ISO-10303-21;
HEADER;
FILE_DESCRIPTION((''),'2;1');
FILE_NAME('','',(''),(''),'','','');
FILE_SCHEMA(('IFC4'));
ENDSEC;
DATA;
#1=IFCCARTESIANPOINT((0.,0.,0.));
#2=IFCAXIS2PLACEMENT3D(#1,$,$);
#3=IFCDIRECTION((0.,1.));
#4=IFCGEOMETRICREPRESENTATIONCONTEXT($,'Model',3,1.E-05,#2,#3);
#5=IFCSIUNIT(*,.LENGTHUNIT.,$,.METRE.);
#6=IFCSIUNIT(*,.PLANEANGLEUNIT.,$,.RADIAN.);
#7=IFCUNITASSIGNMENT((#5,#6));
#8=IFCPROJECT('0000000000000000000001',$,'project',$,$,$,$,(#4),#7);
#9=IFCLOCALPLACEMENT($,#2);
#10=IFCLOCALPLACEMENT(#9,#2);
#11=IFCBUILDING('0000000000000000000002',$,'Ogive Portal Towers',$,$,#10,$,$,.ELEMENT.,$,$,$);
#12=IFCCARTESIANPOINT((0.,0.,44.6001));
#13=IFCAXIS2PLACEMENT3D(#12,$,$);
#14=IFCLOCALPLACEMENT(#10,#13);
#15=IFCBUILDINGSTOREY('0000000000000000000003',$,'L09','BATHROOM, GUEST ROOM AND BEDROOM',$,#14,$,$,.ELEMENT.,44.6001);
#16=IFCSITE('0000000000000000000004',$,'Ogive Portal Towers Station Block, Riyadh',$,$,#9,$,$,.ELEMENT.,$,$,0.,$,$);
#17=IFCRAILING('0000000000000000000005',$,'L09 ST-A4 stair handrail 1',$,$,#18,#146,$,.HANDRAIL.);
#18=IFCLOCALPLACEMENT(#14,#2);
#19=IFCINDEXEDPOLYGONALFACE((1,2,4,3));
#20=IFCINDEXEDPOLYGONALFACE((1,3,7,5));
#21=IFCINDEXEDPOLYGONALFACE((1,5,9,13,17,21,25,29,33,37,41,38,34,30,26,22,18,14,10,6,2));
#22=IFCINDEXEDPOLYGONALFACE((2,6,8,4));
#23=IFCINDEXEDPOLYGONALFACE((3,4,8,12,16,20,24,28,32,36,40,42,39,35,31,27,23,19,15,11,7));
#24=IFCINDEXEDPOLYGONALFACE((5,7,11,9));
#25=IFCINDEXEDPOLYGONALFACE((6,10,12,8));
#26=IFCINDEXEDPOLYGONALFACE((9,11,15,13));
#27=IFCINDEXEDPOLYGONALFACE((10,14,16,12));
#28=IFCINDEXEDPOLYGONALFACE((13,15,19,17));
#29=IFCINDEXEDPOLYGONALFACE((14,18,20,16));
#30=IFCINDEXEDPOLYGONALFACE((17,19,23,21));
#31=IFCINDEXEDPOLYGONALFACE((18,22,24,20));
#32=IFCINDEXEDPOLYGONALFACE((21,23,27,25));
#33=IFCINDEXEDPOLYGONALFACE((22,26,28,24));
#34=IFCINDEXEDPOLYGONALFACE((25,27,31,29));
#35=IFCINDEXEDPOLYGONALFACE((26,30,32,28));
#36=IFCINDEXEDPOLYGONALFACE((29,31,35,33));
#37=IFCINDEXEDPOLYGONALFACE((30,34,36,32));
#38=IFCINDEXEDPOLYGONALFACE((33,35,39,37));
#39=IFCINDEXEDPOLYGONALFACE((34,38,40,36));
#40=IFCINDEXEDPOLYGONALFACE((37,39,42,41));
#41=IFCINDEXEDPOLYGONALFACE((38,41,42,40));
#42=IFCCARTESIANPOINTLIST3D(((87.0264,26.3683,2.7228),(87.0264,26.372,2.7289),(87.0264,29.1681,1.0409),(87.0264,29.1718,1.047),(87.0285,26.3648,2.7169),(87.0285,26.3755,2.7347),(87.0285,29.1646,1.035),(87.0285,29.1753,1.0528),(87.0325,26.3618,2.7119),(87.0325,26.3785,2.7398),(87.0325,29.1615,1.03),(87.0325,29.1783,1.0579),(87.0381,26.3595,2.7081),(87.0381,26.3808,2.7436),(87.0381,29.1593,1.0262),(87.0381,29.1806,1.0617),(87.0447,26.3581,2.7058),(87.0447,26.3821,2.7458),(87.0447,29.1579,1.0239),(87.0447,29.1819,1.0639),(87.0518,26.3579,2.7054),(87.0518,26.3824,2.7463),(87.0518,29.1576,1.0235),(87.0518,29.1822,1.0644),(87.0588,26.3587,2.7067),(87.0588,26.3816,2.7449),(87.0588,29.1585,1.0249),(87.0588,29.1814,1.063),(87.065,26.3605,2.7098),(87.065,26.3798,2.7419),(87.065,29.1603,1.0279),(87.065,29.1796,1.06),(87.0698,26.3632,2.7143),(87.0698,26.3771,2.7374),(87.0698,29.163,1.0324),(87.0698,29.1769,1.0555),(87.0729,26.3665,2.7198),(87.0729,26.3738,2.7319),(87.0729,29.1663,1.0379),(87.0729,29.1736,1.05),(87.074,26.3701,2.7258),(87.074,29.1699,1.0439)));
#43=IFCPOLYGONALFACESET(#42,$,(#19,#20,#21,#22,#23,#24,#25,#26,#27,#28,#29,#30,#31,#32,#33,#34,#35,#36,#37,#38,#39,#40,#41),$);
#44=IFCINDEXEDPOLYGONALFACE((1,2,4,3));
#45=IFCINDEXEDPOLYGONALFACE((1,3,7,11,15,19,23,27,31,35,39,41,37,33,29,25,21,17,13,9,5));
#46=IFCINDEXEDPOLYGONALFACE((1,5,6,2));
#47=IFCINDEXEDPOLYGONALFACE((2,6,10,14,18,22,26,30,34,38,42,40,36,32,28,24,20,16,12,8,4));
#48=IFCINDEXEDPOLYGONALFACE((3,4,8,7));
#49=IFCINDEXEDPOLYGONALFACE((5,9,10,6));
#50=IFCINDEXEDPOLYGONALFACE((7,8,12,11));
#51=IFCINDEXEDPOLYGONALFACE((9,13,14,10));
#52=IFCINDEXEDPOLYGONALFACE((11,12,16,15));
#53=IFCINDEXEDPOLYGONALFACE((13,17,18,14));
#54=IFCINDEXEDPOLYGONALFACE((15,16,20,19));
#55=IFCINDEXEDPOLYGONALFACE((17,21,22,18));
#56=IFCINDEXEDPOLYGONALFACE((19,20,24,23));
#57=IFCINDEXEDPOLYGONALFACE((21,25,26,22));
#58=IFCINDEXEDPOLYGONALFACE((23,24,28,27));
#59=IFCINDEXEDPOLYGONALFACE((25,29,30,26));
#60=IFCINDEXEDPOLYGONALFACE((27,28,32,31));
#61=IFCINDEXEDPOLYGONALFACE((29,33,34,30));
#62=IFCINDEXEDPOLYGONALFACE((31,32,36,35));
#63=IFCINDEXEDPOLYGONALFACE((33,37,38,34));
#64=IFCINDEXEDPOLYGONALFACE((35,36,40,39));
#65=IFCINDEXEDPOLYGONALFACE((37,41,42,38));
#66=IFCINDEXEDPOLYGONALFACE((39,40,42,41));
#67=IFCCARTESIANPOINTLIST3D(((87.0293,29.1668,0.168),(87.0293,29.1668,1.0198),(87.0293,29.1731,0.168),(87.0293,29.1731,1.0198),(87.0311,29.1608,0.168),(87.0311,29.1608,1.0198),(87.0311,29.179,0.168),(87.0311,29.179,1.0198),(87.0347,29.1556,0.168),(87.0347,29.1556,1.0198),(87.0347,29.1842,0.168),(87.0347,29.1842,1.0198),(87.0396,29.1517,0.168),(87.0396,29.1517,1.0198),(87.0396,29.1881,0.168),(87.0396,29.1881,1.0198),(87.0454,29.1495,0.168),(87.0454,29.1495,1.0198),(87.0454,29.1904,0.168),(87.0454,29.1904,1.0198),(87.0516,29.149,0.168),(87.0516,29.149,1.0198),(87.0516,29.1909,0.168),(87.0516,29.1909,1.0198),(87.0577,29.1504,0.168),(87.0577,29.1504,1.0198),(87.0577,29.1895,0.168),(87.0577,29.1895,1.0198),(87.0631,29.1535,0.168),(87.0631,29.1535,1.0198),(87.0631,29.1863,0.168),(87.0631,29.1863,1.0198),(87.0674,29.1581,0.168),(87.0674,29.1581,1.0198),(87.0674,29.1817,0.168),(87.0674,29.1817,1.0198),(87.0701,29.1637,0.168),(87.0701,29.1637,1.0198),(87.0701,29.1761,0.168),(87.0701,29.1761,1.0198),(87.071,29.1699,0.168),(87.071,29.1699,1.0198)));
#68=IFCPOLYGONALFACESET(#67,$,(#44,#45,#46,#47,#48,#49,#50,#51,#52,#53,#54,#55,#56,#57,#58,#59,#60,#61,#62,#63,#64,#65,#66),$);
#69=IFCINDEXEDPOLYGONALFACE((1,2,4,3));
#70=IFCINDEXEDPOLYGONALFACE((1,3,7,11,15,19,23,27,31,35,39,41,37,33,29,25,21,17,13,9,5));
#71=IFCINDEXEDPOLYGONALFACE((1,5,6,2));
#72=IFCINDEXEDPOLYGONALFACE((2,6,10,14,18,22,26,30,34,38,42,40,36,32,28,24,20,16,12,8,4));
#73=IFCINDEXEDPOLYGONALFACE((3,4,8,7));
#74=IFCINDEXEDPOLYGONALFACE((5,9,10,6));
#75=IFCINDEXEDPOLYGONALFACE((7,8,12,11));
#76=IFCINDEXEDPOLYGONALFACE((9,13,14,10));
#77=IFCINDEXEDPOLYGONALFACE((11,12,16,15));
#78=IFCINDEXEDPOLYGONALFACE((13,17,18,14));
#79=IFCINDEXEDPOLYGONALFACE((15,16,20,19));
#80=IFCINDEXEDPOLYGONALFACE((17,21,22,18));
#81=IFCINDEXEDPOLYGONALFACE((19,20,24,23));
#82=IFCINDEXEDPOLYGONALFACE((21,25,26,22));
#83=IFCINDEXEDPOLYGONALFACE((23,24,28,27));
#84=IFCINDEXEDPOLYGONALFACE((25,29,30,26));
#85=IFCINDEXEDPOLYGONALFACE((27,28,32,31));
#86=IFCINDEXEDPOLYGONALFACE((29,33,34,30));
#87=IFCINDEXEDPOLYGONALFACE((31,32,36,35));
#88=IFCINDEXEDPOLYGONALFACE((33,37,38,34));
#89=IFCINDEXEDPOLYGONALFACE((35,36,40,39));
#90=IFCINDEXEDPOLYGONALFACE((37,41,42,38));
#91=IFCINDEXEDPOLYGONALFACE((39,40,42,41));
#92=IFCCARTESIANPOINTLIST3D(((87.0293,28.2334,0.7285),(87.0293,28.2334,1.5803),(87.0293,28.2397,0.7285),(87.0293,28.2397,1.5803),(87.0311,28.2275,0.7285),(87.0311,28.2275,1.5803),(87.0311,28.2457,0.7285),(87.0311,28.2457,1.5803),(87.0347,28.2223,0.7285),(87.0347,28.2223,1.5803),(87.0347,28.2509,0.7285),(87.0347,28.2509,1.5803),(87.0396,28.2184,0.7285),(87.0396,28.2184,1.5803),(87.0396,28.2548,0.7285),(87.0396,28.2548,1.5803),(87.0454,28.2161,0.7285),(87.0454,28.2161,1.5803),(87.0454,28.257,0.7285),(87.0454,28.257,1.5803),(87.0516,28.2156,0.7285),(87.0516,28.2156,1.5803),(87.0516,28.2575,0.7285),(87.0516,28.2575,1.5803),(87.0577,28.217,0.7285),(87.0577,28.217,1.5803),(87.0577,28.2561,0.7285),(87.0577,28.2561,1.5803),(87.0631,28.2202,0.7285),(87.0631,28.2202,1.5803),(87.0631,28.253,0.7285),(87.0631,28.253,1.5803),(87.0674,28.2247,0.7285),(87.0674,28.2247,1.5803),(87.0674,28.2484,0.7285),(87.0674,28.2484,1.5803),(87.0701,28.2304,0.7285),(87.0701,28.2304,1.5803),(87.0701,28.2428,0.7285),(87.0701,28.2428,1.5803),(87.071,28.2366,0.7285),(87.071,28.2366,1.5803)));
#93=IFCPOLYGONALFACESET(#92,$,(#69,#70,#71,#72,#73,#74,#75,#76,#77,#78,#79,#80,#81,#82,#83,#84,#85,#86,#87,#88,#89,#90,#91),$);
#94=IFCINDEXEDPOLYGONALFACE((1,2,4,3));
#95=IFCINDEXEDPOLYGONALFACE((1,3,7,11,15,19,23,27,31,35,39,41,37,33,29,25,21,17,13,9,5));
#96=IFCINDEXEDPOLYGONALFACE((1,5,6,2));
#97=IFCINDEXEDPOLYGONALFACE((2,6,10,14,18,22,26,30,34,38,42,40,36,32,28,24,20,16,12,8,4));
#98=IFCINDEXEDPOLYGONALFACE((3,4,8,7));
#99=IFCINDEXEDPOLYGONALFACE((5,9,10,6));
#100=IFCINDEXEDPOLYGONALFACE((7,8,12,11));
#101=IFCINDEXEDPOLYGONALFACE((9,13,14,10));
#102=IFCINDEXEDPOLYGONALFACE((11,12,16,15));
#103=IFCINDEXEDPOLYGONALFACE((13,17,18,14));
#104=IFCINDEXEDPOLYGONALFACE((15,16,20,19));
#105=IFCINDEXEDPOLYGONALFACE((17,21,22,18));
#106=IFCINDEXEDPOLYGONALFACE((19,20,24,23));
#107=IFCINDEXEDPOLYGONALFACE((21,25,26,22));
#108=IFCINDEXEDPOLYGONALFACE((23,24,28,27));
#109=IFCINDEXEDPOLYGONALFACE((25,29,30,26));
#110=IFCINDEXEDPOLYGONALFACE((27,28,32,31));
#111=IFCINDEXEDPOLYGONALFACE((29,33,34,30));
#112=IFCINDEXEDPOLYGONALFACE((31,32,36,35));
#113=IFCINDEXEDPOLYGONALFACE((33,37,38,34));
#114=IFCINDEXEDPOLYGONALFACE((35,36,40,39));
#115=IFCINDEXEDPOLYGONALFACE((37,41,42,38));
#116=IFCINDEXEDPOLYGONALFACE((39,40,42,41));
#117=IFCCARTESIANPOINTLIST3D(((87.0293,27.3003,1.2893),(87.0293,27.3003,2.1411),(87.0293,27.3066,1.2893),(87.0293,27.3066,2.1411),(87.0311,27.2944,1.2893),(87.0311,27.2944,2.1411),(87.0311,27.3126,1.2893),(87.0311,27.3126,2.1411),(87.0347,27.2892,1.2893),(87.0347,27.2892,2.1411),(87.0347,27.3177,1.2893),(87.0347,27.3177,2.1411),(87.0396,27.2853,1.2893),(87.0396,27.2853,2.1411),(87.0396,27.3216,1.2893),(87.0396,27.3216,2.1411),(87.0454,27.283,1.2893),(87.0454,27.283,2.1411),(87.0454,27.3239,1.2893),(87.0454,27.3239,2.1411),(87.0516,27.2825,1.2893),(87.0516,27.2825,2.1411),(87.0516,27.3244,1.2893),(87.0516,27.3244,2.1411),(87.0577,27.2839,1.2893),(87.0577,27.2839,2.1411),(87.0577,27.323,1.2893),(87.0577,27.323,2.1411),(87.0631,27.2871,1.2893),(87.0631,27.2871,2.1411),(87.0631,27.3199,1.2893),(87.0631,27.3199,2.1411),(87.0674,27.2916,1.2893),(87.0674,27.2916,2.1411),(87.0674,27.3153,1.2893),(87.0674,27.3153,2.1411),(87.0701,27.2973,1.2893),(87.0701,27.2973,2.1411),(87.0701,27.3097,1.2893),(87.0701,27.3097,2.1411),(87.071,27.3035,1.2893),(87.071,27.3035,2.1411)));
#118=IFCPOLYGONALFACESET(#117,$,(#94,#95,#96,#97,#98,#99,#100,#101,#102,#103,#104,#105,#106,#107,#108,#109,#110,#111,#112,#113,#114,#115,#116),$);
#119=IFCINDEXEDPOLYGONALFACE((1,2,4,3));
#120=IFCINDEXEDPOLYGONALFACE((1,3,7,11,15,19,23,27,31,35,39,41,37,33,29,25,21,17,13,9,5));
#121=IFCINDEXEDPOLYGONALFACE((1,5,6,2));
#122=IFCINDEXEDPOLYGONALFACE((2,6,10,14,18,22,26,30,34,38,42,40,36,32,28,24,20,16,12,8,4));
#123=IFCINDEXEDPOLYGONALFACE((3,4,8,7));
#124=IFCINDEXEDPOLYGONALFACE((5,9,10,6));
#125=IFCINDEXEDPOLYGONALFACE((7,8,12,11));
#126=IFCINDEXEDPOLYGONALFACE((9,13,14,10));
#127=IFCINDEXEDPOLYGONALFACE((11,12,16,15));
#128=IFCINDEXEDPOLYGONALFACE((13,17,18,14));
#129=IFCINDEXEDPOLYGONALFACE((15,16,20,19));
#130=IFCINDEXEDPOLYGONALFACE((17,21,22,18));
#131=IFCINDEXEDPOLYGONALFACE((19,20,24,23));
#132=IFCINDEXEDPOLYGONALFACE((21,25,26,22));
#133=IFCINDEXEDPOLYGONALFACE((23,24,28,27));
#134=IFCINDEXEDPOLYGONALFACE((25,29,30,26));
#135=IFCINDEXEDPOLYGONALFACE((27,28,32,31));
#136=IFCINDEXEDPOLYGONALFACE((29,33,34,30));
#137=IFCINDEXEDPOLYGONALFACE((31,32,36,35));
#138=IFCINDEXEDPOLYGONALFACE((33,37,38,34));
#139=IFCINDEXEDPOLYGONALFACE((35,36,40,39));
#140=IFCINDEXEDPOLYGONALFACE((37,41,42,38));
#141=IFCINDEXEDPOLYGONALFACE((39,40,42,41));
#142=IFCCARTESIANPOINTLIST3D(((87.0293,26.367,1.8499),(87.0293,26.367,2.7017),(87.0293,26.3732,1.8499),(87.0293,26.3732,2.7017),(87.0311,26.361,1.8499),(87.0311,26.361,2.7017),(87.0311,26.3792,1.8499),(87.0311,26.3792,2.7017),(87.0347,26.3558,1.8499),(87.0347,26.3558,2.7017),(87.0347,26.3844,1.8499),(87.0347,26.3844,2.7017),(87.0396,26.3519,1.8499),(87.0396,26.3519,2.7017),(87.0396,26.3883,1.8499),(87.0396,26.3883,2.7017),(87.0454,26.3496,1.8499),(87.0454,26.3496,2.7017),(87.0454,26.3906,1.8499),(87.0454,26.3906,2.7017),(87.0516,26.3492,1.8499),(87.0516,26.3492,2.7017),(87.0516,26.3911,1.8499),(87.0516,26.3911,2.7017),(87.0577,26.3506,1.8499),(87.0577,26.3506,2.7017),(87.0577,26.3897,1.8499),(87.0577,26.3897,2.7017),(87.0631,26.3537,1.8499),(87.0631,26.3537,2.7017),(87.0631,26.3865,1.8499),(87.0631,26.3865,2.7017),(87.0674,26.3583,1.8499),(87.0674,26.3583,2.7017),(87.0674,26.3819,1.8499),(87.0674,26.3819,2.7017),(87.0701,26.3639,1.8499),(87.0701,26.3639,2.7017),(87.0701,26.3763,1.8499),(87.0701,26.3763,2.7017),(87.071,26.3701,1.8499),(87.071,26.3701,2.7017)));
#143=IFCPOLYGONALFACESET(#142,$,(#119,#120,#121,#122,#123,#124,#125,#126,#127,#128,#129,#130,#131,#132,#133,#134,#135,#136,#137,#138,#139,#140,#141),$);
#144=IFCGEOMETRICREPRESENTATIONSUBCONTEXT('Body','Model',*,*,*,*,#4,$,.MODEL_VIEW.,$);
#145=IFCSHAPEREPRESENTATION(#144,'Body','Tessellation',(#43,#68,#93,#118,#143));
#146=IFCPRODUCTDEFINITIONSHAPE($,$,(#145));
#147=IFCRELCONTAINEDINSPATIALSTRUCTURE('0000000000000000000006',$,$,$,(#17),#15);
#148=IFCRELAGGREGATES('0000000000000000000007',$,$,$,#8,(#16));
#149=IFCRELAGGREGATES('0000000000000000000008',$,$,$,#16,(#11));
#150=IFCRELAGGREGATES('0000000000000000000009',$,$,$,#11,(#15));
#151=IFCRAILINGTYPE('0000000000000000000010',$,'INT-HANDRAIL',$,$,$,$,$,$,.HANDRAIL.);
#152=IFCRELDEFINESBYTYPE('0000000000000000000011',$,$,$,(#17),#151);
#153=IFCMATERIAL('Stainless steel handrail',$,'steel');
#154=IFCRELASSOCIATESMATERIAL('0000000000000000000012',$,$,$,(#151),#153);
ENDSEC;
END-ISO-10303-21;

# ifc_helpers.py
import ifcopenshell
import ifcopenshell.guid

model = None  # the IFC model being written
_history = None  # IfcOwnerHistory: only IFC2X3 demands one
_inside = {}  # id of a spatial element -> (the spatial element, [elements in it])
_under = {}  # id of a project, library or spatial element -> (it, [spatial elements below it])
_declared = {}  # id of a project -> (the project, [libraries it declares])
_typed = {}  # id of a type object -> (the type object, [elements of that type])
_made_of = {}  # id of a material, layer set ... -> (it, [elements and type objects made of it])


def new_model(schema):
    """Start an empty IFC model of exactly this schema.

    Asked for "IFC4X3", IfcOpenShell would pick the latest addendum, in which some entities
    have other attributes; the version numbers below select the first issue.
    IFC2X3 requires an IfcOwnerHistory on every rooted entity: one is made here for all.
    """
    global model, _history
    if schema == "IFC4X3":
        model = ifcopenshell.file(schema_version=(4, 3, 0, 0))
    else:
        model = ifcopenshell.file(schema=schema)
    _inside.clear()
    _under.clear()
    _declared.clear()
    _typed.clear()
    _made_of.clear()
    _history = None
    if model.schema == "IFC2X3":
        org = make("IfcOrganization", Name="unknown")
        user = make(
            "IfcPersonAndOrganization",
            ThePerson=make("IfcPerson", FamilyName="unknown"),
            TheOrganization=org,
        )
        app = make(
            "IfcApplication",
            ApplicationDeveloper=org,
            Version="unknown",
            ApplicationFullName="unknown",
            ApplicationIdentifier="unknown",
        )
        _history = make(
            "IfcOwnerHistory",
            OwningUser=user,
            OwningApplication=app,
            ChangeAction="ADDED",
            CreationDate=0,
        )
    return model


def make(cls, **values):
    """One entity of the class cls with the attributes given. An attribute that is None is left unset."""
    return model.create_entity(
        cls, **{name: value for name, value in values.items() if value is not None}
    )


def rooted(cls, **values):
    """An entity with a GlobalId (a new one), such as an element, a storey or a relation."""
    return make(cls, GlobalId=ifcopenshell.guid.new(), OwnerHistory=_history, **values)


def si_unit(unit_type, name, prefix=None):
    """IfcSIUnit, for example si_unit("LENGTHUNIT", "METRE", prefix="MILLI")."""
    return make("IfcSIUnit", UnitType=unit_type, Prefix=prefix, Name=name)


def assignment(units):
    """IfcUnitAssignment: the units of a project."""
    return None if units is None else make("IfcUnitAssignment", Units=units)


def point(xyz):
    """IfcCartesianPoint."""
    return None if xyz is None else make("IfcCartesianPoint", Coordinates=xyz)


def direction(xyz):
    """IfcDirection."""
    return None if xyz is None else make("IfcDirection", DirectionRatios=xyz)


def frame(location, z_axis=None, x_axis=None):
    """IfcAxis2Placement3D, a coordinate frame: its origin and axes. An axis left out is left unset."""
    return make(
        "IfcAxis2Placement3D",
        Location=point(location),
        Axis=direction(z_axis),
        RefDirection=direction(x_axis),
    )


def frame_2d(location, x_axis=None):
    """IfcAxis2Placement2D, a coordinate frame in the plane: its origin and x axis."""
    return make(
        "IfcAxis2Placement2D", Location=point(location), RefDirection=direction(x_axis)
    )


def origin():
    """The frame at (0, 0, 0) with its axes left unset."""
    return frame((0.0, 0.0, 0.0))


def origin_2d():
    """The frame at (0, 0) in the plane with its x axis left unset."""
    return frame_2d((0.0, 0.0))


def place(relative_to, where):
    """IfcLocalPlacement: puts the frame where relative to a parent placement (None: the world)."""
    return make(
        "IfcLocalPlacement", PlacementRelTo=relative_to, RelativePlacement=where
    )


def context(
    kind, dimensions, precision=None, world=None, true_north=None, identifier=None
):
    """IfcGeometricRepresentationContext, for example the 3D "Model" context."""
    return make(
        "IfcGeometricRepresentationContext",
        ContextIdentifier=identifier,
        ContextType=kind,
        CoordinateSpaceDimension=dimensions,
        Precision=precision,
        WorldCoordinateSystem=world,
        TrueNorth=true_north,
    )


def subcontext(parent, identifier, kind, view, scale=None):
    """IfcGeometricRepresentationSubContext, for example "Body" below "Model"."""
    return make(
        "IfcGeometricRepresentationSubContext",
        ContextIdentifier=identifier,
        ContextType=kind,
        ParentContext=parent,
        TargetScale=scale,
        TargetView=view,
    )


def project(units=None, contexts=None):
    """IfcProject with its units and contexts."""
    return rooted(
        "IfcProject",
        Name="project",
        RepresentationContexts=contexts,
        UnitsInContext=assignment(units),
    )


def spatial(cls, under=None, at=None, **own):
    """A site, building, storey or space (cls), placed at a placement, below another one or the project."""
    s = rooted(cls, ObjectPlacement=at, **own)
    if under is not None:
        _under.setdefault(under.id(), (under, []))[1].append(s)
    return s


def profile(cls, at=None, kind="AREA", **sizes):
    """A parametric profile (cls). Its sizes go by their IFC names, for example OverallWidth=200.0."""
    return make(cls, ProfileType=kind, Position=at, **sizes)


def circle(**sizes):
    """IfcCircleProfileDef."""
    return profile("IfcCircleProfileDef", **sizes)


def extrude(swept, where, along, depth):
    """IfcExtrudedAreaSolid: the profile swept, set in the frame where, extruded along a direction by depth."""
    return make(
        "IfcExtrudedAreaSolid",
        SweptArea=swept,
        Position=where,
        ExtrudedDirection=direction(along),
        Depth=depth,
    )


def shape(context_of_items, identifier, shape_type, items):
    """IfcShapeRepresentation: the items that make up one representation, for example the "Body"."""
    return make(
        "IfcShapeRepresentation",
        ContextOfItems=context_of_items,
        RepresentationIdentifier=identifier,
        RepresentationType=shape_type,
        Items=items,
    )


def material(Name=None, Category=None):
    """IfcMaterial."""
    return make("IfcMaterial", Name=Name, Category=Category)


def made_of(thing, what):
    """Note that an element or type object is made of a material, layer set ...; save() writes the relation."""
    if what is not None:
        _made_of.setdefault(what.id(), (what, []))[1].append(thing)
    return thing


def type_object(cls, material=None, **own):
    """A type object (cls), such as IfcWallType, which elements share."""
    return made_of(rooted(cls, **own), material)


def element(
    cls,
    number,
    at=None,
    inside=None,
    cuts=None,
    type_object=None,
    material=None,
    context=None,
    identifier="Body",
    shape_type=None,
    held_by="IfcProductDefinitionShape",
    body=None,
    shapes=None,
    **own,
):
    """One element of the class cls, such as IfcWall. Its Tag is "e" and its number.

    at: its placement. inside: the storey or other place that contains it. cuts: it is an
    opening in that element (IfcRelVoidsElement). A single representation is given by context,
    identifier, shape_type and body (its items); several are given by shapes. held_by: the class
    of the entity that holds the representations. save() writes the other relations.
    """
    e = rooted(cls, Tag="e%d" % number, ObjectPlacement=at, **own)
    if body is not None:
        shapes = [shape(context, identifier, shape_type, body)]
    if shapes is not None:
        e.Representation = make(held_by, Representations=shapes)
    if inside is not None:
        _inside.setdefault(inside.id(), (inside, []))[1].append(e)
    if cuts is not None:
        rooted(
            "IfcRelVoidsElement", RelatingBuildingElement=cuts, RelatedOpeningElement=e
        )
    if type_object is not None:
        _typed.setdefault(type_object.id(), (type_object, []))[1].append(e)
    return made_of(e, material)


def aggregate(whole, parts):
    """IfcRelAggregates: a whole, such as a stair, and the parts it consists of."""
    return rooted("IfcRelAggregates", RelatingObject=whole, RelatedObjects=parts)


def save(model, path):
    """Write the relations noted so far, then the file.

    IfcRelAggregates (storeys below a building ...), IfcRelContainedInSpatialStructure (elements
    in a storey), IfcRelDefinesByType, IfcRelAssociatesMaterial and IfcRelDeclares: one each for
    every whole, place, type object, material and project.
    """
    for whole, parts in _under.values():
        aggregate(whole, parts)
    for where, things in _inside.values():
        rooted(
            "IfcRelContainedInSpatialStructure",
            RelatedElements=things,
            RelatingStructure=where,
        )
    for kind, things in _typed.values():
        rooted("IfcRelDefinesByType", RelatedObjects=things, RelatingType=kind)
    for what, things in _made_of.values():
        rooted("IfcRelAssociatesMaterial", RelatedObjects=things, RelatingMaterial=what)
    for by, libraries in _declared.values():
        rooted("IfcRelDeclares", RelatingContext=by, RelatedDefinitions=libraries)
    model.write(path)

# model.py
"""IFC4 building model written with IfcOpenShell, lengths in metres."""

from ifc_helpers import new_model, si_unit, direction, frame, origin, origin_2d, place, context, subcontext, project, spatial, circle, extrude, material, type_object, element, save


model = new_model("IFC4")

# Units and contexts
model_context = context("Model", 3, precision=1e-05, world=origin(), true_north=direction((0.0, 1.0)))
body_context = subcontext(model_context, "Body", "Model", "MODEL_VIEW")
ifc_project = project(units=[si_unit("LENGTHUNIT", "METRE"), si_unit("PLANEANGLEUNIT", "RADIAN")], contexts=[model_context])

# Site, building, storey
site_placement = place(None, origin())
site = spatial("IfcSite", under=ifc_project, at=site_placement, Name="Ogive Portal Towers Station Block, Riyadh", CompositionType="ELEMENT", RefElevation=0.0)
building_placement = place(site_placement, origin())
building = spatial("IfcBuilding", under=site, at=building_placement, Name="Ogive Portal Towers", CompositionType="ELEMENT")
storey_placement = place(building_placement, frame((0.0, 0.0, 44.6001)))
storey = spatial("IfcBuildingStorey", under=building, at=storey_placement, Name="L09", Description="BATHROOM, GUEST ROOM AND BEDROOM", CompositionType="ELEMENT", Elevation=44.6001)

# Railing
ifc_material_1 = material(Name="Stainless steel handrail", Category="steel")
railing_type_1 = type_object("IfcRailingType", Name="INT-HANDRAIL", PredefinedType="HANDRAIL", material=ifc_material_1)
railing_1_placement = place(storey_placement, frame((87.05, 29.1699, 0.168)))
element("IfcRailing", 1, at=railing_1_placement, inside=storey, type_object=railing_type_1, Name="L09 ST-A4 stair handrail 1", PredefinedType="HANDRAIL", context=body_context, shape_type="SweptSolid", body=[
    extrude(circle(Radius=0.0239, at=origin_2d()), frame((0.0, 0.0, 0.876), z_axis=(0.0, -0.857222, 0.514946), x_axis=(1.0, 0.0, 0.0)), (0.0, 0.0, 1.0), 3.2661),
    extrude(circle(Radius=0.021, at=origin_2d()), origin(), (0.0, 0.0, 1.0), 0.8518),
    extrude(circle(Radius=0.021, at=origin_2d()), frame((0.0, -0.9333, 0.5605)), (0.0, 0.0, 1.0), 0.8518),
    extrude(circle(Radius=0.021, at=origin_2d()), frame((0.0, -1.8665, 1.1213)), (0.0, 0.0, 1.0), 0.8518),
    extrude(circle(Radius=0.021, at=origin_2d()), frame((0.0, -2.7998, 1.6819)), (0.0, 0.0, 1.0), 0.8518),
])

save(model, "model.ifc")
